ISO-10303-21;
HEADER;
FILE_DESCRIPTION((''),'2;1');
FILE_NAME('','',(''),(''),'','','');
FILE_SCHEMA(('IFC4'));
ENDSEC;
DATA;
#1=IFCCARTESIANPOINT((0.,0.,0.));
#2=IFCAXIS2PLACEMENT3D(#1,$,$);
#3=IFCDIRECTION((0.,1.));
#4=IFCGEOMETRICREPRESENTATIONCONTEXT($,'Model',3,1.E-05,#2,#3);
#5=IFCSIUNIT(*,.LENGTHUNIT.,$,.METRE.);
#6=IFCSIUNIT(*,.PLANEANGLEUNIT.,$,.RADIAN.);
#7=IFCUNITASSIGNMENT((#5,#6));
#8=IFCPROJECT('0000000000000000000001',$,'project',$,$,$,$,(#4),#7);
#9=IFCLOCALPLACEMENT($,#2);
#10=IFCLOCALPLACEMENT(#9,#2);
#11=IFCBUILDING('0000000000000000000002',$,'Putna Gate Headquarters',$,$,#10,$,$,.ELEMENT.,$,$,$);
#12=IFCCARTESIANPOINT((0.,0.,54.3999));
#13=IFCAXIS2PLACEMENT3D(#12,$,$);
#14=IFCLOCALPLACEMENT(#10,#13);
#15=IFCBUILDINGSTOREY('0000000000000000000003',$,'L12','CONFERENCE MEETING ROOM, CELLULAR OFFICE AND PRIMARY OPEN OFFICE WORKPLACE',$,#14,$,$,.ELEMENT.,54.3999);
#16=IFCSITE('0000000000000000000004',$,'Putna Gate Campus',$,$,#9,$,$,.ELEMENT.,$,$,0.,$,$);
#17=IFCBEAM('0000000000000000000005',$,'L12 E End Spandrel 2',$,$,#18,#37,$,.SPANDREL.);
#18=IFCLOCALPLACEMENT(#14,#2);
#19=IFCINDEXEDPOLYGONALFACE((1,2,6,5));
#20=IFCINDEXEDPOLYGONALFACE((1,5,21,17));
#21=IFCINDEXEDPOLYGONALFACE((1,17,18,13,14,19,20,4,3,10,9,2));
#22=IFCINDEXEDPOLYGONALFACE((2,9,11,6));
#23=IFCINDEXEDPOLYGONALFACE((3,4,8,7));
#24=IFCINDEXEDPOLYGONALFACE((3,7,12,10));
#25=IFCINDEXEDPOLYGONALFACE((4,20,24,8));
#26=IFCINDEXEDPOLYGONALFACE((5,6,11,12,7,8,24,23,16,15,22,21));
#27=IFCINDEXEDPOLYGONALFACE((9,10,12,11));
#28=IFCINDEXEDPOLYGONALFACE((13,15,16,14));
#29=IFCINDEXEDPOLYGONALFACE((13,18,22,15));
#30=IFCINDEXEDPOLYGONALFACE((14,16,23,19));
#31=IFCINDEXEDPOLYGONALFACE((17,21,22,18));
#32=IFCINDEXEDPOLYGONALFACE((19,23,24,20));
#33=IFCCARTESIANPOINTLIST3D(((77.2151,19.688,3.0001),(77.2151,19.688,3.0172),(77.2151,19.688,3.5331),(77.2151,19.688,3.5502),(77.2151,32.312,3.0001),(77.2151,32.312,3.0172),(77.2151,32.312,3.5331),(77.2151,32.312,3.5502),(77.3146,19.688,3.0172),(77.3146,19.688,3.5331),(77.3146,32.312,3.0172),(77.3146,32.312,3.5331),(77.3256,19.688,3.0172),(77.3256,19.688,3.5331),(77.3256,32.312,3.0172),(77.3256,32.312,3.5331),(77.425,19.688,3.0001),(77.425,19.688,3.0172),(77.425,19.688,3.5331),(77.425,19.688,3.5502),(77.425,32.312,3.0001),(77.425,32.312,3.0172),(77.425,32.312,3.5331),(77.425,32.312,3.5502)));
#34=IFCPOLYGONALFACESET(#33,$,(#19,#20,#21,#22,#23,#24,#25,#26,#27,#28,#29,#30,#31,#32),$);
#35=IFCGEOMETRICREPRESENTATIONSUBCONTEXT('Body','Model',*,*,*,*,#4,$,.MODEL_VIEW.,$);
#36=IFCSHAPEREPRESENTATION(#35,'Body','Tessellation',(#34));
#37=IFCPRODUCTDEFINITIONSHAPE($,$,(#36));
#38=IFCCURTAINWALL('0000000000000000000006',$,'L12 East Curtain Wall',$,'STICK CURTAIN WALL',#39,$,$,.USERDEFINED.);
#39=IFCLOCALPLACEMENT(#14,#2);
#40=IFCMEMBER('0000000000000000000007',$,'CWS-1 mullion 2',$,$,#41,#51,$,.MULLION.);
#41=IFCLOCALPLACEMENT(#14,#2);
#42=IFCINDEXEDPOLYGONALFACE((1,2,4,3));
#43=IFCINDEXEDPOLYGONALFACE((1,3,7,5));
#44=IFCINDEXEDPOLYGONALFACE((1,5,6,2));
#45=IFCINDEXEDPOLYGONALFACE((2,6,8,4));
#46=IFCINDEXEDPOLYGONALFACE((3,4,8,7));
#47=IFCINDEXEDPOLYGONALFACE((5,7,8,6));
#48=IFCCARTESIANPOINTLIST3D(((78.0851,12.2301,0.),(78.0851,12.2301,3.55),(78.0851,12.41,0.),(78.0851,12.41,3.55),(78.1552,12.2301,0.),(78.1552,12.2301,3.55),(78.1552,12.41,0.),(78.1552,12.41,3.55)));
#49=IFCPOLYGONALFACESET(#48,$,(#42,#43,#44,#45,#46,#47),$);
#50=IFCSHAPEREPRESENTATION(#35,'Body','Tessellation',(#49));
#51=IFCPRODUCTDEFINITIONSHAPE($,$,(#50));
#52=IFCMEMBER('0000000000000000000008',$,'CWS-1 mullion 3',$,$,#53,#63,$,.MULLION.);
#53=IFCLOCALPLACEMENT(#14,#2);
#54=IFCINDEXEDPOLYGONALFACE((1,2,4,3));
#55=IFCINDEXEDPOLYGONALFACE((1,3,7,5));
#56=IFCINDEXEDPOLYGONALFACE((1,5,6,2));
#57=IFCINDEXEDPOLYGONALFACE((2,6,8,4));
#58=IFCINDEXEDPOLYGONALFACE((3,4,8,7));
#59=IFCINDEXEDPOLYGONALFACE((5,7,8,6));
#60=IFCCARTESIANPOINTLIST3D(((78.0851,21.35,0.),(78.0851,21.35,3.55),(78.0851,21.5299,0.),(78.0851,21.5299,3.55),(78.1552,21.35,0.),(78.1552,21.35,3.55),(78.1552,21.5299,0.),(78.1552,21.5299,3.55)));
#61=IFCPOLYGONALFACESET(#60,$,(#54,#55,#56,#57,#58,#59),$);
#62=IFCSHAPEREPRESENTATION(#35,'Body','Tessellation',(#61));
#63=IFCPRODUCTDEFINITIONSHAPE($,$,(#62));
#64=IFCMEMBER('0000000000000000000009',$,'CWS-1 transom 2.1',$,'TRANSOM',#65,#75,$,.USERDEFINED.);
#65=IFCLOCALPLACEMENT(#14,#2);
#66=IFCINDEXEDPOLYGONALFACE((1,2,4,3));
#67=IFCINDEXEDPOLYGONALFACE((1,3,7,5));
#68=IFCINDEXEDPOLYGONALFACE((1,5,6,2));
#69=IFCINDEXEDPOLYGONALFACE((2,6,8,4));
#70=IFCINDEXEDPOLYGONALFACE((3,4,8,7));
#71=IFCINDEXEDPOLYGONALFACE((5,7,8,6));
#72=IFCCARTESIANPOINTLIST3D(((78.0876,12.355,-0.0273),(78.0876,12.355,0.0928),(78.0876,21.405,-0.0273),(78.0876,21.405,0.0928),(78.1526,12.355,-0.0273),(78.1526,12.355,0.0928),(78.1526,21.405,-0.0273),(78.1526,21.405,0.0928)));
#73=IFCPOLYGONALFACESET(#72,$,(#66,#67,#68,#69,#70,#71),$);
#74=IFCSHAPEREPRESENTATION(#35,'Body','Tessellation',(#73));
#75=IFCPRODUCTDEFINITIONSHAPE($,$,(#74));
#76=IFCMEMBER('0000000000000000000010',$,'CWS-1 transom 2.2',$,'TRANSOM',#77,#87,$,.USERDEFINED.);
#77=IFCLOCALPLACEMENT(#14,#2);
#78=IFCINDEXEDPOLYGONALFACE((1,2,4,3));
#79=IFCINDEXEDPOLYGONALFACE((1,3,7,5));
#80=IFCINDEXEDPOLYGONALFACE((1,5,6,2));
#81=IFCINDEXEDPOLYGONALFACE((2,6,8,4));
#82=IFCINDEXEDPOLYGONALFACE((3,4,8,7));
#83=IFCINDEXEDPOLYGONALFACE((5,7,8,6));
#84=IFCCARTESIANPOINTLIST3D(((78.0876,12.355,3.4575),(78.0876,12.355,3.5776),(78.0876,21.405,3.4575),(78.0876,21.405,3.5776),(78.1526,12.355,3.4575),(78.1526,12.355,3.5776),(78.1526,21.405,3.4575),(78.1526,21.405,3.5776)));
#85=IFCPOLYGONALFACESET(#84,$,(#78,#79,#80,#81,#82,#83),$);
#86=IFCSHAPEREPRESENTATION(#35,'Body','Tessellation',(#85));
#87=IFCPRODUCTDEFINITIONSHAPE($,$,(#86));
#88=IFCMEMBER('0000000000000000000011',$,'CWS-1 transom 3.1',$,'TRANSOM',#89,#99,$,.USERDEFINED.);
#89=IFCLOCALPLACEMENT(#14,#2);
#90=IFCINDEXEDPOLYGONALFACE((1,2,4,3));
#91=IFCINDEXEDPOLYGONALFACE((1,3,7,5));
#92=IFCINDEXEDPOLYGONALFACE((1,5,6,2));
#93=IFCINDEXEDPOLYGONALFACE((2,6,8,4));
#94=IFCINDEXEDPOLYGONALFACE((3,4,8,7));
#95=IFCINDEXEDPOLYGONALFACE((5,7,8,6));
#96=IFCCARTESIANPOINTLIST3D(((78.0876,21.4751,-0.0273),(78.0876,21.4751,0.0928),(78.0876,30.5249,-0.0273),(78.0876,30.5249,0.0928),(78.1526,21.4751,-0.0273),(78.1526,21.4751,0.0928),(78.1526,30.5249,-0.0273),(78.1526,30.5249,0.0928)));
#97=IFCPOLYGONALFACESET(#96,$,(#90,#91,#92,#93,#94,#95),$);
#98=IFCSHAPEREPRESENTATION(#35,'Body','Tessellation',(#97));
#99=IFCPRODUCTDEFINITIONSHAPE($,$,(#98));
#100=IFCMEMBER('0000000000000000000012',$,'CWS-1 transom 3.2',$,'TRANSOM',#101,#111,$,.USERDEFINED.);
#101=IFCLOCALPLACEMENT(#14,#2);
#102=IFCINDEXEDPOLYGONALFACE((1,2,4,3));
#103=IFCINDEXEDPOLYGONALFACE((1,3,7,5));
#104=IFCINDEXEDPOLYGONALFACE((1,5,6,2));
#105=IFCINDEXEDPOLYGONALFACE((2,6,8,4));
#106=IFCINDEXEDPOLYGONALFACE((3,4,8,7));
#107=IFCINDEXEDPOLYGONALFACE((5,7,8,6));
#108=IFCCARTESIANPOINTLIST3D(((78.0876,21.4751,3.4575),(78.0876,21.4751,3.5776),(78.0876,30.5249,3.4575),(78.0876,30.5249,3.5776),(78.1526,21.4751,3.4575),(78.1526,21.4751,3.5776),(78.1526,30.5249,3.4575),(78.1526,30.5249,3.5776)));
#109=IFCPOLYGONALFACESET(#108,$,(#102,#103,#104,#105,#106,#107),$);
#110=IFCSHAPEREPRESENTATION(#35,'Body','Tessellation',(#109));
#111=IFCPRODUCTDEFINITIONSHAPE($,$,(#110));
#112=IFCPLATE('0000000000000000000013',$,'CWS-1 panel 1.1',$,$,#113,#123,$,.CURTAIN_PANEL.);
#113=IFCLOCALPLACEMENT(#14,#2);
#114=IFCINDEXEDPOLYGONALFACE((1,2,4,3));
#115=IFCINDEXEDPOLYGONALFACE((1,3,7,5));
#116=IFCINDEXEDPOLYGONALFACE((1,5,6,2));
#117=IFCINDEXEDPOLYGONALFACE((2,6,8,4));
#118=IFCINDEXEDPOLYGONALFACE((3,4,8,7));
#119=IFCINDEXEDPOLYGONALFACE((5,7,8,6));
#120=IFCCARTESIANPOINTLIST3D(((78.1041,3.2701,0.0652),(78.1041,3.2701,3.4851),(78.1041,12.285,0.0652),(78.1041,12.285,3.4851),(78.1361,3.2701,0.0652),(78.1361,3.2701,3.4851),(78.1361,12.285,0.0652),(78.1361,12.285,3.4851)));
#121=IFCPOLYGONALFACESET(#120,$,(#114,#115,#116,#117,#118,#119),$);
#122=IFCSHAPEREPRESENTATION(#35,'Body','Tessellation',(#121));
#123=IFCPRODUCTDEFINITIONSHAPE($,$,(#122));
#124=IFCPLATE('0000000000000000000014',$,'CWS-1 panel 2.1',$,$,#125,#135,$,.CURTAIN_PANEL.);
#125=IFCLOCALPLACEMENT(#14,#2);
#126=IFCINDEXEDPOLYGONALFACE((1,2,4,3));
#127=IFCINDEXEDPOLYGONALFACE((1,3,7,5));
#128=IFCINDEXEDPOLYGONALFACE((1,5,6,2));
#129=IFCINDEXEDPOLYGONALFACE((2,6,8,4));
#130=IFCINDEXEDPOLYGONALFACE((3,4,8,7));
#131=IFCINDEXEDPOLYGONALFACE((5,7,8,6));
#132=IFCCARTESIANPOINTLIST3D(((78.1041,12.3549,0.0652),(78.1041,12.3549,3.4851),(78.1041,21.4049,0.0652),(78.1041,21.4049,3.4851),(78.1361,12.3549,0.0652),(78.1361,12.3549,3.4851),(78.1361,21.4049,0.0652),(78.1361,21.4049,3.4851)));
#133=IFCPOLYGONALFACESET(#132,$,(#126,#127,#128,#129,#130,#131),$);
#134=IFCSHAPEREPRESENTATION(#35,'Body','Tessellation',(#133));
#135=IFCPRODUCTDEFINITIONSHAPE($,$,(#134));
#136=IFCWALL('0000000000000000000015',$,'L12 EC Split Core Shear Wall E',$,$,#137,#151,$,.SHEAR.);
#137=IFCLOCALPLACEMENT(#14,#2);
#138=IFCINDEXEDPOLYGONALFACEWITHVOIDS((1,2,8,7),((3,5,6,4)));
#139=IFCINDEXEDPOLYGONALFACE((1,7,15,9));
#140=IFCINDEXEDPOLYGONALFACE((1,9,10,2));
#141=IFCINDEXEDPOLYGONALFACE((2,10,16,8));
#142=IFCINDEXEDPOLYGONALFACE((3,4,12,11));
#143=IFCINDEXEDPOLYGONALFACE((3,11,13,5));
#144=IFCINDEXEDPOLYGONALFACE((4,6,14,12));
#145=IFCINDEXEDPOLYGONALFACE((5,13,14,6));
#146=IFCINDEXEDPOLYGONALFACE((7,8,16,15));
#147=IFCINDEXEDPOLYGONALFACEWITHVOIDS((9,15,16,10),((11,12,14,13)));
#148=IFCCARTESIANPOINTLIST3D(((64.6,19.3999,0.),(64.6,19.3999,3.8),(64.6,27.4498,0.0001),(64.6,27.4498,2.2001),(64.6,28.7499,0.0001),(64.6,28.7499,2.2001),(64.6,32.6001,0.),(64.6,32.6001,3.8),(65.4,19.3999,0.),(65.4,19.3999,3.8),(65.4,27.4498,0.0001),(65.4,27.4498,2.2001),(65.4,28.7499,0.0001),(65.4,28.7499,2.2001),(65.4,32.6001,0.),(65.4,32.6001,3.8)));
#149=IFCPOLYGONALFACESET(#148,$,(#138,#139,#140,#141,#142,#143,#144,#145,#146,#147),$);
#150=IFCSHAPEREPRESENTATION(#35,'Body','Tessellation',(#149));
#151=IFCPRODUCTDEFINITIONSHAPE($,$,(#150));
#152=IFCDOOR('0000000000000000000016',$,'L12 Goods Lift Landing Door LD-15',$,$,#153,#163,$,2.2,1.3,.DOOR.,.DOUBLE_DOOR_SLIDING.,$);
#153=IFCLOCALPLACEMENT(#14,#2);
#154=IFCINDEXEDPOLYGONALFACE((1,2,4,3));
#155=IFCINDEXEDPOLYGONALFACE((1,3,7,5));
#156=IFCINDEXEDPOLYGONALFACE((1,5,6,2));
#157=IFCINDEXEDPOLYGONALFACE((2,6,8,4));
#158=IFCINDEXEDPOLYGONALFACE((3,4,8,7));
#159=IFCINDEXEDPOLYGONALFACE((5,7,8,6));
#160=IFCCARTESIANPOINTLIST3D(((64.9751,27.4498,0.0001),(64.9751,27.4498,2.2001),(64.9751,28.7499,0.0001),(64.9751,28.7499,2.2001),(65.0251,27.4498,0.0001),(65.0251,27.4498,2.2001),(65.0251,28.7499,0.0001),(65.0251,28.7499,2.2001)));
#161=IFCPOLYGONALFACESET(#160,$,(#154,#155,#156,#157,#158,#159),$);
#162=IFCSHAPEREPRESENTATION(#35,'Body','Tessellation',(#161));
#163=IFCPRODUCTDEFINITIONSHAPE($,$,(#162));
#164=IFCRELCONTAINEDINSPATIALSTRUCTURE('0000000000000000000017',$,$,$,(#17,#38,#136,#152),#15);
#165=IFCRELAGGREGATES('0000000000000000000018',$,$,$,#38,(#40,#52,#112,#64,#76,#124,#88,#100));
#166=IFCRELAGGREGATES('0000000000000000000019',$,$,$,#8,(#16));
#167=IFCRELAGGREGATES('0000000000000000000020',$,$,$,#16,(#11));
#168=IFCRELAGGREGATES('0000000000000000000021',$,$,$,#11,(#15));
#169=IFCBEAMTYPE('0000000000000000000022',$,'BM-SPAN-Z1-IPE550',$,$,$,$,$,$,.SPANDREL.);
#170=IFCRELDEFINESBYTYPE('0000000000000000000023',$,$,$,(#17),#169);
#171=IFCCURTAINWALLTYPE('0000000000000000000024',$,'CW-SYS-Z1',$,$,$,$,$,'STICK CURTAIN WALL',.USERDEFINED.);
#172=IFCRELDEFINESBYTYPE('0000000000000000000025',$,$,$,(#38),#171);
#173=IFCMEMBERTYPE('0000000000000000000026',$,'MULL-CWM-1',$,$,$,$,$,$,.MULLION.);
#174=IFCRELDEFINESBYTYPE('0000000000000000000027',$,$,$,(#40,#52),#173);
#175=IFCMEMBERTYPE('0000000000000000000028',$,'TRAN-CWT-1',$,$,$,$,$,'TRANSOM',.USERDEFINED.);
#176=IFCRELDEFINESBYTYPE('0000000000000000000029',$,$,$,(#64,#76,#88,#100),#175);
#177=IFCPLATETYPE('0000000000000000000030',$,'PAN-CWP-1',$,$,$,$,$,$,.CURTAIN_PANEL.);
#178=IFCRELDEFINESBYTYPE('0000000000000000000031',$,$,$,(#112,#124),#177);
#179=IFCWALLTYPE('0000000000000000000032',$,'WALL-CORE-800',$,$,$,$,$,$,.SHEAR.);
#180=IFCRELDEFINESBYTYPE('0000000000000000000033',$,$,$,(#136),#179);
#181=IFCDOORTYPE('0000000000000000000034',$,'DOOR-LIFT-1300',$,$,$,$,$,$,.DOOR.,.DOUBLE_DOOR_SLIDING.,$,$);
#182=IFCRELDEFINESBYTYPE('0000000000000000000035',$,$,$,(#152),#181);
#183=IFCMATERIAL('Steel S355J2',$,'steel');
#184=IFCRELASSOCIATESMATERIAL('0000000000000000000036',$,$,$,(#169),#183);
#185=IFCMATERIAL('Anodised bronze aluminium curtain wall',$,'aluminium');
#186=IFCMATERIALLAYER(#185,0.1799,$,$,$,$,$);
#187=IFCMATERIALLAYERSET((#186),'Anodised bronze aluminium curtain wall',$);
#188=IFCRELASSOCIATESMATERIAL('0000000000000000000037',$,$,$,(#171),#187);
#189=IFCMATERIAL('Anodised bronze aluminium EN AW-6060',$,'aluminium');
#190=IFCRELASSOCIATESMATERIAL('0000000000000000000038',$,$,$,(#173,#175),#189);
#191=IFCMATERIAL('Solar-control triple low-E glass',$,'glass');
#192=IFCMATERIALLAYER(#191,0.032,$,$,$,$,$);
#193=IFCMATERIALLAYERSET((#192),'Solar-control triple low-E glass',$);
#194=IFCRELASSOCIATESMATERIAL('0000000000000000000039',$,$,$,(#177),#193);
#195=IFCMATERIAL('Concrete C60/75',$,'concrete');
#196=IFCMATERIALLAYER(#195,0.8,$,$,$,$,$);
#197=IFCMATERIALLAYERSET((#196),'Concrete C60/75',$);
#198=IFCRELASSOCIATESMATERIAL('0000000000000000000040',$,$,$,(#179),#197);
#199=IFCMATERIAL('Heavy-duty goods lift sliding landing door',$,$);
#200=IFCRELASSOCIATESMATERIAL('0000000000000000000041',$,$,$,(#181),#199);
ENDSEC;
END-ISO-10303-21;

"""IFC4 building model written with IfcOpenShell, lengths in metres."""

from ifc_helpers import new_model, si_unit, direction, frame, frame_2d, origin, origin_2d, place, context, subcontext, project, spatial, rectangle, i_section, extrude, material, layer, layer_set, material_profile, profile_set, type_object, element, fill, aggregate, save


model = new_model("IFC4")

# Units and contexts
model_context = context("Model", 3, precision=1e-05, world=origin(), true_north=direction((0.0, 1.0)))
body_context = subcontext(model_context, "Body", "Model", "MODEL_VIEW")
ifc_project = project(units=[si_unit("LENGTHUNIT", "METRE"), si_unit("PLANEANGLEUNIT", "RADIAN")], contexts=[model_context])

# Site, building, storey
site_placement = place(None, origin())
site = spatial("IfcSite", under=ifc_project, at=site_placement, Name="Putna Gate Campus", CompositionType="ELEMENT", RefElevation=0.0)
building_placement = place(site_placement, origin())
building = spatial("IfcBuilding", under=site, at=building_placement, Name="Putna Gate Headquarters", CompositionType="ELEMENT")
storey_placement = place(building_placement, frame((0.0, 0.0, 54.3999)))
storey = spatial("IfcBuildingStorey", under=building, at=storey_placement, Name="L12", Description="CONFERENCE MEETING ROOM, CELLULAR OFFICE AND PRIMARY OPEN OFFICE WORKPLACE", CompositionType="ELEMENT", Elevation=54.3999)

# Shared definitions
ifc_material_1 = material(Name="Concrete C60/75", Category="concrete")

# Beam
ifc_material_2 = material(Name="Steel S355J2", Category="steel")
ifc_material_profile_1 = material_profile(ifc_material_2, i_section(OverallWidth=0.21, OverallDepth=0.55, WebThickness=0.011, FlangeThickness=0.0171, at=origin_2d()), Name="Steel S355J2")
ifc_profile_set_1 = profile_set([ifc_material_profile_1], Name="Steel S355J2")
beam_type_1 = type_object("IfcBeamType", Name="BM-SPAN-Z1-IPE550", PredefinedType="SPANDREL", material=ifc_profile_set_1)
beam_1_placement = place(storey_placement, frame((77.3201, 19.688, 3.2751), z_axis=(0.0, 1.0, 0.0), x_axis=(-1.0, 0.0, 0.0)))
element("IfcBeam", 1, at=beam_1_placement, inside=storey, type_object=beam_type_1, Name="L12 E End Spandrel 2", PredefinedType="SPANDREL", context=body_context, shape_type="SweptSolid", body=[
    extrude(i_section(OverallWidth=0.21, OverallDepth=0.55, WebThickness=0.011, FlangeThickness=0.0171, at=origin_2d()), origin(), (0.0, 0.0, 1.0), 12.624),
])

# Curtain wall, members, plates
ifc_material_3 = material(Name="Anodised bronze aluminium curtain wall", Category="aluminium")
ifc_layer_1 = layer(ifc_material_3, 0.1799)
ifc_layer_set_1 = layer_set([ifc_layer_1], Name="Anodised bronze aluminium curtain wall")
curtain_wall_type = type_object("IfcCurtainWallType", Name="CW-SYS-Z1", ElementType="STICK CURTAIN WALL", PredefinedType="USERDEFINED", material=ifc_layer_set_1)
curtain_wall_placement = place(storey_placement, origin())
curtain_wall = element("IfcCurtainWall", 2, at=curtain_wall_placement, inside=storey, type_object=curtain_wall_type, Name="L12 East Curtain Wall", ObjectType="STICK CURTAIN WALL", PredefinedType="USERDEFINED")
ifc_material_4 = material(Name="Anodised bronze aluminium EN AW-6060", Category="aluminium")
ifc_material_profile_2 = material_profile(ifc_material_4, rectangle(XDim=0.0701, YDim=0.1799, at=origin_2d()), Name="Anodised bronze aluminium EN AW-6060")
ifc_profile_set_2 = profile_set([ifc_material_profile_2], Name="Anodised bronze aluminium EN AW-6060")
member_type_1 = type_object("IfcMemberType", Name="MULL-CWM-1", PredefinedType="MULLION", material=ifc_profile_set_2)
member_1_placement = place(storey_placement, frame((78.1201, 12.3201, 0.0), z_axis=(0.0, 0.0, 1.0), x_axis=(-1.0, 0.0, 0.0)))
member_1 = element("IfcMember", 3, at=member_1_placement, type_object=member_type_1, Name="CWS-1 mullion 2", PredefinedType="MULLION", context=body_context, shape_type="SweptSolid", body=[
    extrude(rectangle(XDim=0.0701, YDim=0.1799, at=origin_2d()), origin(), (0.0, 0.0, 1.0), 3.55),
])
member_2_placement = place(storey_placement, frame((78.1201, 21.4399, 0.0), z_axis=(0.0, 0.0, 1.0), x_axis=(-1.0, 0.0, 0.0)))
member_2 = element("IfcMember", 4, at=member_2_placement, type_object=member_type_1, Name="CWS-1 mullion 3", PredefinedType="MULLION", context=body_context, shape_type="SweptSolid", body=[
    extrude(rectangle(XDim=0.0701, YDim=0.1799, at=origin_2d()), origin(), (0.0, 0.0, 1.0), 3.55),
])
ifc_material_profile_3 = material_profile(ifc_material_4, rectangle(XDim=0.0649, YDim=0.1201, at=origin_2d()), Name="Anodised bronze aluminium EN AW-6060")
ifc_profile_set_3 = profile_set([ifc_material_profile_3], Name="Anodised bronze aluminium EN AW-6060")
member_type_2 = type_object("IfcMemberType", Name="TRAN-CWT-1", ElementType="TRANSOM", PredefinedType="USERDEFINED", material=ifc_profile_set_3)
member_3_placement = place(storey_placement, frame((78.1201, 12.355, 0.0327), z_axis=(0.0, 1.0, 0.0), x_axis=(-1.0, 0.0, 0.0)))
member_3 = element("IfcMember", 5, at=member_3_placement, type_object=member_type_2, Name="CWS-1 transom 2.1", ObjectType="TRANSOM", PredefinedType="USERDEFINED", context=body_context, shape_type="SweptSolid", body=[
    extrude(rectangle(XDim=0.0649, YDim=0.1201, at=origin_2d()), origin(), (0.0, 0.0, 1.0), 9.05),
])
member_4_placement = place(storey_placement, frame((78.1201, 12.355, 3.5176), z_axis=(0.0, 1.0, 0.0), x_axis=(-1.0, 0.0, 0.0)))
member_4 = element("IfcMember", 6, at=member_4_placement, type_object=member_type_2, Name="CWS-1 transom 2.2", ObjectType="TRANSOM", PredefinedType="USERDEFINED", context=body_context, shape_type="SweptSolid", body=[
    extrude(rectangle(XDim=0.0649, YDim=0.1201, at=origin_2d()), origin(), (0.0, 0.0, 1.0), 9.05),
])
member_5_placement = place(storey_placement, frame((78.1201, 21.4751, 0.0327), z_axis=(0.0, 1.0, 0.0), x_axis=(-1.0, 0.0, 0.0)))
member_5 = element("IfcMember", 7, at=member_5_placement, type_object=member_type_2, Name="CWS-1 transom 3.1", ObjectType="TRANSOM", PredefinedType="USERDEFINED", context=body_context, shape_type="SweptSolid", body=[
    extrude(rectangle(XDim=0.0649, YDim=0.1201, at=origin_2d()), origin(), (0.0, 0.0, 1.0), 9.0498),
])
member_6_placement = place(storey_placement, frame((78.1201, 21.4751, 3.5176), z_axis=(0.0, 1.0, 0.0), x_axis=(-1.0, 0.0, 0.0)))
member_6 = element("IfcMember", 8, at=member_6_placement, type_object=member_type_2, Name="CWS-1 transom 3.2", ObjectType="TRANSOM", PredefinedType="USERDEFINED", context=body_context, shape_type="SweptSolid", body=[
    extrude(rectangle(XDim=0.0649, YDim=0.1201, at=origin_2d()), origin(), (0.0, 0.0, 1.0), 9.0498),
])
ifc_material_5 = material(Name="Solar-control triple low-E glass", Category="glass")
ifc_layer_2 = layer(ifc_material_5, 0.032)
ifc_layer_set_2 = layer_set([ifc_layer_2], Name="Solar-control triple low-E glass")
plate_type = type_object("IfcPlateType", Name="PAN-CWP-1", PredefinedType="CURTAIN_PANEL", material=ifc_layer_set_2)
plate_1_placement = place(storey_placement, frame((78.1201, 7.7776, 0.0652), z_axis=(0.0, 0.0, 1.0), x_axis=(0.0, 1.0, 0.0)))
plate_1 = element("IfcPlate", 9, at=plate_1_placement, type_object=plate_type, Name="CWS-1 panel 1.1", PredefinedType="CURTAIN_PANEL", context=body_context, shape_type="SweptSolid", body=[
    extrude(rectangle(XDim=9.0149, YDim=0.032, at=origin_2d()), origin(), (0.0, 0.0, 1.0), 3.4199),
])
plate_2_placement = place(storey_placement, frame((78.1201, 16.8799, 0.0652), z_axis=(0.0, 0.0, 1.0), x_axis=(0.0, 1.0, 0.0)))
plate_2 = element("IfcPlate", 10, at=plate_2_placement, type_object=plate_type, Name="CWS-1 panel 2.1", PredefinedType="CURTAIN_PANEL", context=body_context, shape_type="SweptSolid", body=[
    extrude(rectangle(XDim=9.05, YDim=0.032, at=origin_2d()), origin(), (0.0, 0.0, 1.0), 3.4199),
])
aggregate(curtain_wall, [member_1, member_2, plate_1, member_3, member_4, plate_2, member_5, member_6])

# Wall, opening, door
ifc_layer_3 = layer(ifc_material_1, 0.8)
ifc_layer_set_3 = layer_set([ifc_layer_3], Name="Concrete C60/75")
wall_type_1 = type_object("IfcWallType", Name="WALL-CORE-800", PredefinedType="SHEAR", material=ifc_layer_set_3)
wall_1_placement = place(storey_placement, frame((65.0, 19.3999, 0.0), z_axis=(0.0, 0.0, 1.0), x_axis=(0.0, 1.0, 0.0)))
wall_1 = element("IfcWall", 11, at=wall_1_placement, inside=storey, type_object=wall_type_1, Name="L12 EC Split Core Shear Wall E", PredefinedType="SHEAR", context=body_context, shape_type="SweptSolid", body=[
    extrude(rectangle(XDim=13.2002, YDim=0.8, at=frame_2d((6.6001, 0.0))), origin(), (0.0, 0.0, 1.0), 3.8),
])
opening_1_placement = place(wall_1_placement, frame((8.05, 0.0, 0.0)))
opening_1 = element("IfcOpeningElement", 12, at=opening_1_placement, cuts=wall_1, PredefinedType="OPENING", context=body_context, shape_type="SweptSolid", body=[
    extrude(rectangle(XDim=1.3, YDim=2.2, at=frame_2d((0.6499, 1.1001))), frame((0.0, 0.4099, 0.0), z_axis=(0.0, -1.0, 0.0), x_axis=(1.0, 0.0, 0.0)), (0.0, 0.0, 1.0), 0.8201),
])
ifc_material_6 = material(Name="Heavy-duty goods lift sliding landing door")
door_type_1 = type_object("IfcDoorType", Name="DOOR-LIFT-1300", OperationType="DOUBLE_DOOR_SLIDING", PredefinedType="DOOR", material=ifc_material_6)
door_1_placement = place(opening_1_placement, origin())
door_1 = element("IfcDoor", 13, at=door_1_placement, inside=storey, type_object=door_type_1, Name="L12 Goods Lift Landing Door LD-15", OperationType="DOUBLE_DOOR_SLIDING", OverallHeight=2.2, OverallWidth=1.3, PredefinedType="DOOR", context=body_context, shape_type="SweptSolid", body=[
    extrude(rectangle(XDim=1.3, YDim=2.2, at=frame_2d((0.6499, 1.1001))), frame((0.0, 0.0249, 0.0), z_axis=(0.0, -1.0, 0.0), x_axis=(1.0, 0.0, 0.0)), (0.0, 0.0, 1.0), 0.05),
])
fill(opening_1, door_1)

save(model, "model.ifc")
